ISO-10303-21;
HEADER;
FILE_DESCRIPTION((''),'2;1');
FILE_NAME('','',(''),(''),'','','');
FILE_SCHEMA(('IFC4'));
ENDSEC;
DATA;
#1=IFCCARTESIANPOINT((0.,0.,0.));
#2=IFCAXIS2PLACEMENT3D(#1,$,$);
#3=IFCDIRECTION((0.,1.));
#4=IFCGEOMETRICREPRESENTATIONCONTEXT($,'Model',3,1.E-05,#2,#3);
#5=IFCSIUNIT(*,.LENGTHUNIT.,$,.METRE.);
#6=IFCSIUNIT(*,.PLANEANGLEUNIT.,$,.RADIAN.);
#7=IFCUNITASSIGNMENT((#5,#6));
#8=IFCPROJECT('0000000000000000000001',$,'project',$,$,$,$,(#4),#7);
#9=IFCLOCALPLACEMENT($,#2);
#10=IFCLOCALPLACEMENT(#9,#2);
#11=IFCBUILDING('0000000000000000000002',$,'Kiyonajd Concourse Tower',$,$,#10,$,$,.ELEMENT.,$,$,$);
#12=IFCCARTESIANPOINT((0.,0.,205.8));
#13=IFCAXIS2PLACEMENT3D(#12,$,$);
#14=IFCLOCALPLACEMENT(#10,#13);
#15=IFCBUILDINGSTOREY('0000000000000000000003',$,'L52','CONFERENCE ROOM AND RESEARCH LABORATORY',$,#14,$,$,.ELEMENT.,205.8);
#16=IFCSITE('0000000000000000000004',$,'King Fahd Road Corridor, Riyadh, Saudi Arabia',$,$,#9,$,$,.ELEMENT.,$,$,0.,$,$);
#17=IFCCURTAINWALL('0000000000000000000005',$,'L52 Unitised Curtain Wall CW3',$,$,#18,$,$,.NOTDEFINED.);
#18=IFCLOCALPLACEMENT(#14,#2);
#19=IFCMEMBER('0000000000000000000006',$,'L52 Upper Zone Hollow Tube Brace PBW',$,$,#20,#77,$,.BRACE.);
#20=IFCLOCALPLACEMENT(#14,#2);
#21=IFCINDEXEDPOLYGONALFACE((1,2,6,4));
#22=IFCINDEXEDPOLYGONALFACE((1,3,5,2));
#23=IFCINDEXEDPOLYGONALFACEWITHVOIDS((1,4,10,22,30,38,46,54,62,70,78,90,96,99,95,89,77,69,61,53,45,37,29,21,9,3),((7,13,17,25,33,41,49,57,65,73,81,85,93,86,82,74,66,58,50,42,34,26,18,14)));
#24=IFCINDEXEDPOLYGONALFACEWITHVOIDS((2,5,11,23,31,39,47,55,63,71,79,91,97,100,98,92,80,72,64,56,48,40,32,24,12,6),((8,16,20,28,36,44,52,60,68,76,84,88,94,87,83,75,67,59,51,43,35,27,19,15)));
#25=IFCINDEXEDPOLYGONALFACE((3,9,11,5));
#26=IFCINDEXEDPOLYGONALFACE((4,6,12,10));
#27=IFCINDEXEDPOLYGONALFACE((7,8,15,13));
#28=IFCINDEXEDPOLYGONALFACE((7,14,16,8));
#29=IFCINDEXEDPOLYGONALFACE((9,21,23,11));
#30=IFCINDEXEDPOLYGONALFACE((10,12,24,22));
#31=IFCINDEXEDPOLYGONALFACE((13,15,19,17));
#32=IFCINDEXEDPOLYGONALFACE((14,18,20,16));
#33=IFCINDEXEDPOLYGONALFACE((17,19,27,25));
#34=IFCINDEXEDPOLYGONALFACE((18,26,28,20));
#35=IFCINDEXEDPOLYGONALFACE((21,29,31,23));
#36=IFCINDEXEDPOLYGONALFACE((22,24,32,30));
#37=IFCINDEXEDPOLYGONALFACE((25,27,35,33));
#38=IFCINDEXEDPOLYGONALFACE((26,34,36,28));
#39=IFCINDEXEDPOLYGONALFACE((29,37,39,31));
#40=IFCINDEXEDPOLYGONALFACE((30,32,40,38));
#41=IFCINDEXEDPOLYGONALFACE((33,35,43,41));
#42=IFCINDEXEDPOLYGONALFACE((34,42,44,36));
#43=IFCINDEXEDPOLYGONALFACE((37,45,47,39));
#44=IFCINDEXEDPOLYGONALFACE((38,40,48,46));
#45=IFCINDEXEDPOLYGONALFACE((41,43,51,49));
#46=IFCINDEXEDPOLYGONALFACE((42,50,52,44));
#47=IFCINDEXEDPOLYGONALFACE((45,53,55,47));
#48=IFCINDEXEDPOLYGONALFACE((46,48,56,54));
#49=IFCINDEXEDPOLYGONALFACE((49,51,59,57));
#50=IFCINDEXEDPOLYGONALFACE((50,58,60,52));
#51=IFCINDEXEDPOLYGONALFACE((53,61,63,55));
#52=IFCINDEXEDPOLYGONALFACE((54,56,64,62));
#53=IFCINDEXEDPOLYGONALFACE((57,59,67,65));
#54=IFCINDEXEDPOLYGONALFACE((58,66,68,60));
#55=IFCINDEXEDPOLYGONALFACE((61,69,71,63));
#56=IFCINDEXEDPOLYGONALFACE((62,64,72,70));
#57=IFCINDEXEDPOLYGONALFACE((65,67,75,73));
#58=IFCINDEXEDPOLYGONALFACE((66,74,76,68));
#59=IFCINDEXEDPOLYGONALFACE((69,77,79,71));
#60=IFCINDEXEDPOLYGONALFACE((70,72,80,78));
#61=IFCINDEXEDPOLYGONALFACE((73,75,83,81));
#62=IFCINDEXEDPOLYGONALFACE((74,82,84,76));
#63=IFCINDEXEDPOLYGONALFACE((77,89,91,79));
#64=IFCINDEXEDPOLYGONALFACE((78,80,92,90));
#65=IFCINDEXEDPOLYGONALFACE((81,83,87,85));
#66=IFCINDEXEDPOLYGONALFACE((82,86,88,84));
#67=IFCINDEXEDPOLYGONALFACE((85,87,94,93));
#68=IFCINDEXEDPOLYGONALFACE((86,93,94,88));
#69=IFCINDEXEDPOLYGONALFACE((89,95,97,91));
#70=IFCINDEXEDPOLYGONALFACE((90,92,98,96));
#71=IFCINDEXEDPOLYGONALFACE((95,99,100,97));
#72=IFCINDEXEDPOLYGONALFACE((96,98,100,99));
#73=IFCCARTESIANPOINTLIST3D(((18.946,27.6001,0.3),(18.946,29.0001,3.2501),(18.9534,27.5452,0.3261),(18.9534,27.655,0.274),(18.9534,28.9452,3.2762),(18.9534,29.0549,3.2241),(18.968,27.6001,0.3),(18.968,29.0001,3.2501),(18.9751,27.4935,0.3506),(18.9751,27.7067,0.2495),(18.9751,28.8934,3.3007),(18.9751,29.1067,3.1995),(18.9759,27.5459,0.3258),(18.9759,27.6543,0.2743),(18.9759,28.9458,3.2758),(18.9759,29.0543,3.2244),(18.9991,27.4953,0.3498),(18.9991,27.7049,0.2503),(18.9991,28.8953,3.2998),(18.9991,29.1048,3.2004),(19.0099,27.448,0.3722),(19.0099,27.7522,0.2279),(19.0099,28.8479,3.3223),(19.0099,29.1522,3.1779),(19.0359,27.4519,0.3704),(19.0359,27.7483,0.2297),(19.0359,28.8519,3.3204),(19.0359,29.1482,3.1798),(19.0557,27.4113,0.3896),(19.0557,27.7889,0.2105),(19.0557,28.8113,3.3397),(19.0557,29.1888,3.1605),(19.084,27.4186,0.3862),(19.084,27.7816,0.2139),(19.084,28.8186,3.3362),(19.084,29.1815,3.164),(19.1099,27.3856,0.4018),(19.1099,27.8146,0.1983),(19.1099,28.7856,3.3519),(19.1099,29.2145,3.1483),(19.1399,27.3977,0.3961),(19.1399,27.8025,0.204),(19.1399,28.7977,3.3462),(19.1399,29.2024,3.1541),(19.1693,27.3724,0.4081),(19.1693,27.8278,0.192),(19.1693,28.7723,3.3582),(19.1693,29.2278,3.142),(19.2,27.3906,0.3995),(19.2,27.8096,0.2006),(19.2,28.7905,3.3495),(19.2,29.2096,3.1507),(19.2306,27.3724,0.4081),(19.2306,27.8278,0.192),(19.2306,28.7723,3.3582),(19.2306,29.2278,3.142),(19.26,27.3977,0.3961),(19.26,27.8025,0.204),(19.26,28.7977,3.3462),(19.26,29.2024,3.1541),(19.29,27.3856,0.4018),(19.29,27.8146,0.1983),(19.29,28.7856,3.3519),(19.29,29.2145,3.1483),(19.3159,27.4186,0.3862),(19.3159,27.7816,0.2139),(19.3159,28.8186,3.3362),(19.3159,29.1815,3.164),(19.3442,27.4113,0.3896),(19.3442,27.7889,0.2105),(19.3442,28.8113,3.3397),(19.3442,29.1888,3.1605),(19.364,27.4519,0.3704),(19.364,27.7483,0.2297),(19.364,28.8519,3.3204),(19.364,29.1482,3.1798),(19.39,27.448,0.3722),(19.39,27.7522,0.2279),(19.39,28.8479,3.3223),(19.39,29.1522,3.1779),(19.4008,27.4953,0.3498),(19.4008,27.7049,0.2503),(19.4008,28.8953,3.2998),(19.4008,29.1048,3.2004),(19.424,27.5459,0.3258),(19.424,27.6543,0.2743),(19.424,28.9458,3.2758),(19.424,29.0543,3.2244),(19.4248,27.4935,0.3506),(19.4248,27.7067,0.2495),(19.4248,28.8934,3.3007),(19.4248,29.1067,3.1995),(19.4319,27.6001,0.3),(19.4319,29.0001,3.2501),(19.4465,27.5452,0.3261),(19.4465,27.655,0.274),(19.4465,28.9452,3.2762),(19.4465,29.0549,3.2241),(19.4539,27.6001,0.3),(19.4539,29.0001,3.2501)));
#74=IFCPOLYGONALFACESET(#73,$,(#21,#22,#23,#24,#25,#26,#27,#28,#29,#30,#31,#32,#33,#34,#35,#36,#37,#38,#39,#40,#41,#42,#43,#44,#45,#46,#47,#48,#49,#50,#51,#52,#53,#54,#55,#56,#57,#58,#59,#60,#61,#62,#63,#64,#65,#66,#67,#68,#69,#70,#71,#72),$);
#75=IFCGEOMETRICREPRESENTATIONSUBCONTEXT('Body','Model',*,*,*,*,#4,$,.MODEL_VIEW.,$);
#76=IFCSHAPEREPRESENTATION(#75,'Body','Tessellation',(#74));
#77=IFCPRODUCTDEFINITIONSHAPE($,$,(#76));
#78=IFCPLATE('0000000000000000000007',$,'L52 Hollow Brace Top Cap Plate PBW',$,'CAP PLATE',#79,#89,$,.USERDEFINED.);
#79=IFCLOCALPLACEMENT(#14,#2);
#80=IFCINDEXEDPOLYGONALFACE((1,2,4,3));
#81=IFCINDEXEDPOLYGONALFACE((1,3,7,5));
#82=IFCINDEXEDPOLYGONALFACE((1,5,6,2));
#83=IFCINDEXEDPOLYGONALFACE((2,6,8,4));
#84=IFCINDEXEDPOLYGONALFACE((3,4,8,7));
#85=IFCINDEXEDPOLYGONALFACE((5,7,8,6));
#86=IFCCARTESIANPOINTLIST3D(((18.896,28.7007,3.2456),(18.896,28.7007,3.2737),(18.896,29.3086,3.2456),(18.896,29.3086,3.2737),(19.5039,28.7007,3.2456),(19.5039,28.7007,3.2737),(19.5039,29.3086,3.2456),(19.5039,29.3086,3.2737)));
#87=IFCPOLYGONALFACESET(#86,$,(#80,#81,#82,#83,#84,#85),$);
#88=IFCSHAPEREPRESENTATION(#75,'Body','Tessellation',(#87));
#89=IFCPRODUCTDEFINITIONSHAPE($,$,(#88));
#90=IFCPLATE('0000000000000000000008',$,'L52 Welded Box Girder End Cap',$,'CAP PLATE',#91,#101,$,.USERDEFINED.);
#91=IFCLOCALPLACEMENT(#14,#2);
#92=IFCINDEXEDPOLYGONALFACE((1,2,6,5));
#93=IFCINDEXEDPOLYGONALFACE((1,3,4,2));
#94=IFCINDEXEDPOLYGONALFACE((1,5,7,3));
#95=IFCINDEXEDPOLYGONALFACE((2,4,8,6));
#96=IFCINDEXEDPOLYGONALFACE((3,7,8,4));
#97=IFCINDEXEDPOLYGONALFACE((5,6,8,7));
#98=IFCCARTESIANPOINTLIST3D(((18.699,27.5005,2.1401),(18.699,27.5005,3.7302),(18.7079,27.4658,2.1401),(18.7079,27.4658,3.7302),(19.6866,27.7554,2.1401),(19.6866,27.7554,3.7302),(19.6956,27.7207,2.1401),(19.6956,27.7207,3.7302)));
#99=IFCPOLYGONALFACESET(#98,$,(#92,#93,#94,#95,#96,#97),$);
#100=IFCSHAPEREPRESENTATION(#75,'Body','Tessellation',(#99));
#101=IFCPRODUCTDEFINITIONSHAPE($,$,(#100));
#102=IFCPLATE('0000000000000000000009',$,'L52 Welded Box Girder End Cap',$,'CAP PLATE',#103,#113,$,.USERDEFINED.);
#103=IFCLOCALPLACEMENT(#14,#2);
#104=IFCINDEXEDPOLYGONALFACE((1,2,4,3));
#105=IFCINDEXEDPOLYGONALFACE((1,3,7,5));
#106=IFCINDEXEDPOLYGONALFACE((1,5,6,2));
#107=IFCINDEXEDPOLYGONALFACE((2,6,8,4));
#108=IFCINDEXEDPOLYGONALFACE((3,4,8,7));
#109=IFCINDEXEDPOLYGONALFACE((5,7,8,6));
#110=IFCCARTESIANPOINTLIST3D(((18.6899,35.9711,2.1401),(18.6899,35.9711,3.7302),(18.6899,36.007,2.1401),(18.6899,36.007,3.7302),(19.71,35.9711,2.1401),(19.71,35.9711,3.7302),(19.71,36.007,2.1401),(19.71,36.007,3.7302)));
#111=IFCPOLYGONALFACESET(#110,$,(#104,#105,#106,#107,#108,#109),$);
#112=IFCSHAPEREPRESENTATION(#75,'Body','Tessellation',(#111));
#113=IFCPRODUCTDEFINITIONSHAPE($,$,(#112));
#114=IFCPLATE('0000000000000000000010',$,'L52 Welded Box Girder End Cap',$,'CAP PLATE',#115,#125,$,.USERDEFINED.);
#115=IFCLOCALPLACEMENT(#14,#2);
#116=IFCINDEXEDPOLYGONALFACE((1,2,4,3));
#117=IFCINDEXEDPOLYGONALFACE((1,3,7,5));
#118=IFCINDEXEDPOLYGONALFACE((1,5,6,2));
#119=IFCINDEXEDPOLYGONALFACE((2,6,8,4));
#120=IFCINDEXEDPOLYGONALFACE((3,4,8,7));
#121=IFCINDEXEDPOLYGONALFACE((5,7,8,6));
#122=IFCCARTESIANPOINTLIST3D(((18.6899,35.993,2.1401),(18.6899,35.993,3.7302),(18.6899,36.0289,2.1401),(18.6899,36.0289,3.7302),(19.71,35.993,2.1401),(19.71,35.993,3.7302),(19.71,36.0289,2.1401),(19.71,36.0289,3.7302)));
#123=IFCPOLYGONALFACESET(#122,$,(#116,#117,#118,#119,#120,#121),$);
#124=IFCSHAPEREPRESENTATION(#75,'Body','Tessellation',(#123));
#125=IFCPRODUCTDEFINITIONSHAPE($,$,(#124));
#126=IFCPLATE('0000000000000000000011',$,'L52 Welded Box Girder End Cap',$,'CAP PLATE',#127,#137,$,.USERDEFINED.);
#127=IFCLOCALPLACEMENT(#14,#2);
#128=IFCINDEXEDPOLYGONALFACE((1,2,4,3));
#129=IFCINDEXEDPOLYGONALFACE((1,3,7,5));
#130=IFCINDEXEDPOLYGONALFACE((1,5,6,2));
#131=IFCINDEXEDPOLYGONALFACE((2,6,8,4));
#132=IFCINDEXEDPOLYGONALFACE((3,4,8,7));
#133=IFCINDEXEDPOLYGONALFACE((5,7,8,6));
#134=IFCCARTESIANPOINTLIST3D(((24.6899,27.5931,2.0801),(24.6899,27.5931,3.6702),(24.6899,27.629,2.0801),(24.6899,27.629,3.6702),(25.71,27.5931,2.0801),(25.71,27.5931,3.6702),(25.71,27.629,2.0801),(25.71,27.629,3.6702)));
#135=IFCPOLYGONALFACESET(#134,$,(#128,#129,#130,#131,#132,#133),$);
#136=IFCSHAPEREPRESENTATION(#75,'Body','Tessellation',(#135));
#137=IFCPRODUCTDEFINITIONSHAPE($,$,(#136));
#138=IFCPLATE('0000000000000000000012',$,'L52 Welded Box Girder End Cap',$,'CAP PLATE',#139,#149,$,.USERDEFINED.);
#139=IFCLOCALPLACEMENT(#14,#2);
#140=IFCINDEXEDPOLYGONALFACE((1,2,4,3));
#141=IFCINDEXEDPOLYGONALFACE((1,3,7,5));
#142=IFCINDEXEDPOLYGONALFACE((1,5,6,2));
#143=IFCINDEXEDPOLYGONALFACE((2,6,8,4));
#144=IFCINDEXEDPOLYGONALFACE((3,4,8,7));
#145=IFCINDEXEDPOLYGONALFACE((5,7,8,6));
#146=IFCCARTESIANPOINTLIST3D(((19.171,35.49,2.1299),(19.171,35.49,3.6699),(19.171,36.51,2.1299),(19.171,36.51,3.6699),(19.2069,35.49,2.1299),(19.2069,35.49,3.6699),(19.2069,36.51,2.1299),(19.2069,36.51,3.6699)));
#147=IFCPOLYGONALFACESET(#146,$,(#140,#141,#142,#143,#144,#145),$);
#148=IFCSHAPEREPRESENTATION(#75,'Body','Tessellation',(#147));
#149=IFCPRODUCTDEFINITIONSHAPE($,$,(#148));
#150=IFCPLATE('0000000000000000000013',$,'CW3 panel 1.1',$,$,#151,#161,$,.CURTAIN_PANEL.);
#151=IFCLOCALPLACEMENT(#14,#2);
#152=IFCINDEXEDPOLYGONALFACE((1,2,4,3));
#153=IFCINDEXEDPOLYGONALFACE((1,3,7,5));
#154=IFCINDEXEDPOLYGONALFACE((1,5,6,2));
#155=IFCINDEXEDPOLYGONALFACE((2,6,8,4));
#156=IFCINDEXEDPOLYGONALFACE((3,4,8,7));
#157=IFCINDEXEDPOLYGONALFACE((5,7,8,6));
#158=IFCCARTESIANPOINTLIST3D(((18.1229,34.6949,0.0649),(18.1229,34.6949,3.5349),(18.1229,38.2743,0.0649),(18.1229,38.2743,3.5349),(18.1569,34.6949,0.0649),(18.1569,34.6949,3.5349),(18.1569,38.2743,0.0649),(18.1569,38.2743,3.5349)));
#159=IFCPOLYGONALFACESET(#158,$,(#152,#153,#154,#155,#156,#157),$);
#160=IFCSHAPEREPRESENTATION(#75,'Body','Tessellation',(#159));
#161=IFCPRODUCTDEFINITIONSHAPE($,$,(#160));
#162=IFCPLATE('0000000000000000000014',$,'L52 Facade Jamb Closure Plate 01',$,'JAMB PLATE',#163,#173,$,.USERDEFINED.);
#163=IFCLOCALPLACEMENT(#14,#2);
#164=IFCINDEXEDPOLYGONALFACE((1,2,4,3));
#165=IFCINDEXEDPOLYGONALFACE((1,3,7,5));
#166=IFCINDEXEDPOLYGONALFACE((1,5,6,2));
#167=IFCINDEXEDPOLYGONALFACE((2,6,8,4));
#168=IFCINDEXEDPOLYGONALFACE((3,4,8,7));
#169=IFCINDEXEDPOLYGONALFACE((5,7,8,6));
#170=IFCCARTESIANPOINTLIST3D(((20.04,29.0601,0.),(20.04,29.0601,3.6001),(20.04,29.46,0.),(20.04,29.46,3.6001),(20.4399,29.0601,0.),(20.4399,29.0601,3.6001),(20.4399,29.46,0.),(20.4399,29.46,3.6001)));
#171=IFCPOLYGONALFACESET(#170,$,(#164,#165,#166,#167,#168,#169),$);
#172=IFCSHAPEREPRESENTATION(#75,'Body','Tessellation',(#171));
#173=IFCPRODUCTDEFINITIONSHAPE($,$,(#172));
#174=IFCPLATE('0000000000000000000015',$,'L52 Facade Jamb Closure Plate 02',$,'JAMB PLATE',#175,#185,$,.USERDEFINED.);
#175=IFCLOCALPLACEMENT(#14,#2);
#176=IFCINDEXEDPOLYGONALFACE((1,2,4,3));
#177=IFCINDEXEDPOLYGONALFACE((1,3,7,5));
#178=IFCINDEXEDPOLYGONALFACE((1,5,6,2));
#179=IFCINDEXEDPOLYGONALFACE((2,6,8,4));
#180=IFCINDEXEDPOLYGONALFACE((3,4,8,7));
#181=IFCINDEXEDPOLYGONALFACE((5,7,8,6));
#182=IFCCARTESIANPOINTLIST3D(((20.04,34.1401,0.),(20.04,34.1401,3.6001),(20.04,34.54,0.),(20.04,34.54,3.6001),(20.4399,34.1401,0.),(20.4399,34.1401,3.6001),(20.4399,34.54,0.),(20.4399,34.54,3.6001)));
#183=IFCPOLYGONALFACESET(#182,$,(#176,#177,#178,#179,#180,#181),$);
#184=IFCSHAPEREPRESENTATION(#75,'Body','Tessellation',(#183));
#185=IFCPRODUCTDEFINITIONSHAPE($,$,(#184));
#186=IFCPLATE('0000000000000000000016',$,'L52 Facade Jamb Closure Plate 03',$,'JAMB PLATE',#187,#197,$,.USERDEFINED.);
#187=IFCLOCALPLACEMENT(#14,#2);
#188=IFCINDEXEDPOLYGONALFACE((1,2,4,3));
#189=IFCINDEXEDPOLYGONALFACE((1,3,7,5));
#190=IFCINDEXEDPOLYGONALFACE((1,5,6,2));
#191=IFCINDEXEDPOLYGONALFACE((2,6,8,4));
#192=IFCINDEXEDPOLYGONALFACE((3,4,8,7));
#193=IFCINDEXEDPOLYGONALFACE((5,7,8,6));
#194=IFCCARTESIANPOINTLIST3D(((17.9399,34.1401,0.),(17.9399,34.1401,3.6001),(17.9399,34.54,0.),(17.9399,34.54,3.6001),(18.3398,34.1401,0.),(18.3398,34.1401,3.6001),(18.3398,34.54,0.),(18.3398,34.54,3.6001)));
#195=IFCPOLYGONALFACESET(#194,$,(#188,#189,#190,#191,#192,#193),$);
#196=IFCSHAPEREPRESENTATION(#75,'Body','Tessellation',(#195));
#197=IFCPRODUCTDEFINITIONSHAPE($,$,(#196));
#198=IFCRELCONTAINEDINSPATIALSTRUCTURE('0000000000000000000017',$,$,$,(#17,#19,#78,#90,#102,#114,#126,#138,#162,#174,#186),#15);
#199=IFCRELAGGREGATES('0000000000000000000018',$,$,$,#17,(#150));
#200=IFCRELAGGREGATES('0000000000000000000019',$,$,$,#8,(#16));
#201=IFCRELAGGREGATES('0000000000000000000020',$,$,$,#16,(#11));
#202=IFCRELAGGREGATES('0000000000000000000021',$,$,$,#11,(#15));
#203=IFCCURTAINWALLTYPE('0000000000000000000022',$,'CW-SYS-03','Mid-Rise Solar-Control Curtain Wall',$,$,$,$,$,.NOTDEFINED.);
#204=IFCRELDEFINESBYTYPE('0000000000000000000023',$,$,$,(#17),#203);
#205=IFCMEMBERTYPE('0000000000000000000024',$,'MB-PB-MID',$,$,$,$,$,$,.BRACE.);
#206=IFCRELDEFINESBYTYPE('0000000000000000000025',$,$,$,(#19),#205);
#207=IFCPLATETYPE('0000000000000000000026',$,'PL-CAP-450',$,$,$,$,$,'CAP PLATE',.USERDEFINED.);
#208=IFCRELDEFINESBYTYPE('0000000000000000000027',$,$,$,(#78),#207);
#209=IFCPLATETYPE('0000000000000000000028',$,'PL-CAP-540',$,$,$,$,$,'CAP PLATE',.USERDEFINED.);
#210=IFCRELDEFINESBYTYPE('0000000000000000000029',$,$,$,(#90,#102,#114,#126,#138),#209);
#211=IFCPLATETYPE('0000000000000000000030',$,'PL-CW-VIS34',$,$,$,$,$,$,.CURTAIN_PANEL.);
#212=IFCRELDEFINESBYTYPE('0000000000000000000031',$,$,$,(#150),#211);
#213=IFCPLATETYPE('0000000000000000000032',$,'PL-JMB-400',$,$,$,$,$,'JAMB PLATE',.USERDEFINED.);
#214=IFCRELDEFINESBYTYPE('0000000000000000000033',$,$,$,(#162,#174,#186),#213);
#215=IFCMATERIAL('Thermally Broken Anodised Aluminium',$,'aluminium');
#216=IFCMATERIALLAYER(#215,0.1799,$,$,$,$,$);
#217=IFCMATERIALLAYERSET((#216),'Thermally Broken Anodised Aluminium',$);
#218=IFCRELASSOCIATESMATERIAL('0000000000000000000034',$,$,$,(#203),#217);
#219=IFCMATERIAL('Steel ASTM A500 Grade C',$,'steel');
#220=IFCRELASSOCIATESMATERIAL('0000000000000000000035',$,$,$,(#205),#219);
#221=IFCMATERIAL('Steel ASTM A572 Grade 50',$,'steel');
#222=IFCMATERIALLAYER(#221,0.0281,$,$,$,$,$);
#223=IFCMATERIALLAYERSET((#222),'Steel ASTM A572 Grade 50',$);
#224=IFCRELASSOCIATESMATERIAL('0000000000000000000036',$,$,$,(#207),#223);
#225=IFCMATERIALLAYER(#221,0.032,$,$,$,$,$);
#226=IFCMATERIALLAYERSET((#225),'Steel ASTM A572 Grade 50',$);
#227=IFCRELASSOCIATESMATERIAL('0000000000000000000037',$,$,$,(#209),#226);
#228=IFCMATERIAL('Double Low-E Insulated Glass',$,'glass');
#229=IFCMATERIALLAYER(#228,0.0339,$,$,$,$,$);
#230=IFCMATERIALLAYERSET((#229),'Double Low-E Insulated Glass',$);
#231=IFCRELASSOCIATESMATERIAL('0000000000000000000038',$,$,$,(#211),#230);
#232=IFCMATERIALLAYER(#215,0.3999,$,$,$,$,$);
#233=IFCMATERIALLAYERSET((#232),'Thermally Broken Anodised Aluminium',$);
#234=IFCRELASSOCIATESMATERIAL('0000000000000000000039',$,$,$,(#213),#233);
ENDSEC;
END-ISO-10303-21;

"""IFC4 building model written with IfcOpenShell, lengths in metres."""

from ifc_helpers import new_model, si_unit, direction, frame, origin, origin_2d, place, context, subcontext, project, spatial, rectangle, hollow_circle, extrude, material, layer, layer_set, material_profile, profile_set, type_object, element, aggregate, save


model = new_model("IFC4")

# Units and contexts
model_context = context("Model", 3, precision=1e-05, world=origin(), true_north=direction((0.0, 1.0)))
body_context = subcontext(model_context, "Body", "Model", "MODEL_VIEW")
ifc_project = project(units=[si_unit("LENGTHUNIT", "METRE"), si_unit("PLANEANGLEUNIT", "RADIAN")], contexts=[model_context])

# Site, building, storey
site_placement = place(None, origin())
site = spatial("IfcSite", under=ifc_project, at=site_placement, Name="King Fahd Road Corridor, Riyadh, Saudi Arabia", CompositionType="ELEMENT", RefElevation=0.0)
building_placement = place(site_placement, origin())
building = spatial("IfcBuilding", under=site, at=building_placement, Name="Kiyonajd Concourse Tower", CompositionType="ELEMENT")
storey_placement = place(building_placement, frame((0.0, 0.0, 205.8)))
storey = spatial("IfcBuildingStorey", under=building, at=storey_placement, Name="L52", Description="CONFERENCE ROOM AND RESEARCH LABORATORY", CompositionType="ELEMENT", Elevation=205.8)

# Shared definitions
ifc_material_1 = material(Name="Steel ASTM A572 Grade 50", Category="steel")

# Curtain wall
ifc_material_2 = material(Name="Thermally Broken Anodised Aluminium", Category="aluminium")
ifc_layer_1 = layer(ifc_material_2, 0.1799)
ifc_layer_set_1 = layer_set([ifc_layer_1], Name="Thermally Broken Anodised Aluminium")
curtain_wall_type = type_object("IfcCurtainWallType", Name="CW-SYS-03", Description="Mid-Rise Solar-Control Curtain Wall", PredefinedType="NOTDEFINED", material=ifc_layer_set_1)
curtain_wall_placement = place(storey_placement, origin())
curtain_wall = element("IfcCurtainWall", 1, at=curtain_wall_placement, inside=storey, type_object=curtain_wall_type, Name="L52 Unitised Curtain Wall CW3", PredefinedType="NOTDEFINED")

# Member
ifc_material_3 = material(Name="Steel ASTM A500 Grade C", Category="steel")
ifc_material_profile_1 = material_profile(ifc_material_3, hollow_circle(Radius=0.2539, WallThickness=0.022, at=origin_2d()), Name="CHS-508x22")
ifc_profile_set_1 = profile_set([ifc_material_profile_1], Name="Steel ASTM A500 Grade C")
member_type_1 = type_object("IfcMemberType", Name="MB-PB-MID", PredefinedType="BRACE", material=ifc_profile_set_1)
member_1_placement = place(storey_placement, frame((19.2, 27.6001, 0.3), z_axis=(0.0, 0.428726, 0.903435), x_axis=(-1.0, 0.0, 0.0)))
element("IfcMember", 2, at=member_1_placement, inside=storey, type_object=member_type_1, Name="L52 Upper Zone Hollow Tube Brace PBW", PredefinedType="BRACE", context=body_context, shape_type="SweptSolid", body=[
    extrude(hollow_circle(Radius=0.2539, WallThickness=0.022, at=origin_2d()), origin(), (0.0, 0.0, 1.0), 3.2654),
])

# Plates
ifc_layer_2 = layer(ifc_material_1, 0.0281)
ifc_layer_set_2 = layer_set([ifc_layer_2], Name="Steel ASTM A572 Grade 50")
plate_type_1 = type_object("IfcPlateType", Name="PL-CAP-450", ElementType="CAP PLATE", PredefinedType="USERDEFINED", material=ifc_layer_set_2)
plate_1_placement = place(storey_placement, frame((19.2, 29.0046, 3.2456), z_axis=(0.0, 0.0, 1.0), x_axis=(1.0, 0.0, 0.0)))
element("IfcPlate", 3, at=plate_1_placement, inside=storey, type_object=plate_type_1, Name="L52 Hollow Brace Top Cap Plate PBW", ObjectType="CAP PLATE", PredefinedType="USERDEFINED", context=body_context, shape_type="SweptSolid", body=[
    extrude(rectangle(XDim=0.6079, YDim=0.6079, at=origin_2d()), origin(), (0.0, 0.0, 1.0), 0.0281),
])
ifc_layer_3 = layer(ifc_material_1, 0.032)
ifc_layer_set_3 = layer_set([ifc_layer_3], Name="Steel ASTM A572 Grade 50")
plate_type_2 = type_object("IfcPlateType", Name="PL-CAP-540", ElementType="CAP PLATE", PredefinedType="USERDEFINED", material=ifc_layer_set_3)
for number, where, z_axis, x_axis, name in (
    (4, (19.1973, 27.6106, 2.1401), (0.0, 0.0, 1.0), (-0.249873, 0.968279, 0.0), "L52 Welded Box Girder End Cap"),
    (5, (19.2, 35.989, 2.1401), (0.0, 0.0, 1.0), (0.0, -1.0, 0.0), "L52 Welded Box Girder End Cap"),
    (6, (19.2, 36.011, 2.1401), (0.0, 0.0, 1.0), (0.0, 1.0, 0.0), "L52 Welded Box Girder End Cap"),
    (7, (25.2, 27.6111, 2.0801), (0.0, 0.0, 1.0), (0.0, 1.0, 0.0), "L52 Welded Box Girder End Cap"),
):
    element("IfcPlate", number, at=place(storey_placement, frame(where, z_axis=z_axis, x_axis=x_axis)), inside=storey, type_object=plate_type_2, Name=name, ObjectType="CAP PLATE", PredefinedType="USERDEFINED", context=body_context, shape_type="SweptSolid", body=[
        extrude(rectangle(XDim=0.0359, YDim=1.02, at=origin_2d()), origin(), (0.0, 0.0, 1.0), 1.5901),
    ])
plate_2_placement = place(storey_placement, frame((19.189, 36.0, 2.1299), z_axis=(0.0, 0.0, 1.0), x_axis=(-1.0, 0.0, 0.0)))
element("IfcPlate", 8, at=plate_2_placement, inside=storey, type_object=plate_type_2, Name="L52 Welded Box Girder End Cap", ObjectType="CAP PLATE", PredefinedType="USERDEFINED", context=body_context, shape_type="SweptSolid", body=[
    extrude(rectangle(XDim=0.0359, YDim=1.02, at=origin_2d()), origin(), (0.0, 0.0, 1.0), 1.54),
])

# Plate
ifc_material_4 = material(Name="Double Low-E Insulated Glass", Category="glass")
ifc_layer_4 = layer(ifc_material_4, 0.0339)
ifc_layer_set_4 = layer_set([ifc_layer_4], Name="Double Low-E Insulated Glass")
plate_type_3 = type_object("IfcPlateType", Name="PL-CW-VIS34", PredefinedType="CURTAIN_PANEL", material=ifc_layer_set_4)
plate_3_placement = place(storey_placement, frame((18.1399, 36.4846, 0.0649), z_axis=(0.0, 0.0, 1.0), x_axis=(0.0, 1.0, 0.0)))
plate_3 = element("IfcPlate", 9, at=plate_3_placement, type_object=plate_type_3, Name="CW3 panel 1.1", PredefinedType="CURTAIN_PANEL", context=body_context, shape_type="SweptSolid", body=[
    extrude(rectangle(XDim=3.5793, YDim=0.0339, at=origin_2d()), origin(), (0.0, 0.0, 1.0), 3.47),
])
aggregate(curtain_wall, [plate_3])

# Plates
ifc_layer_5 = layer(ifc_material_2, 0.3999)
ifc_layer_set_5 = layer_set([ifc_layer_5], Name="Thermally Broken Anodised Aluminium")
plate_type_4 = type_object("IfcPlateType", Name="PL-JMB-400", ElementType="JAMB PLATE", PredefinedType="USERDEFINED", material=ifc_layer_set_5)
for number, where, z_axis, x_axis, name in (
    (10, (20.24, 29.26, 0.0), (0.0, 0.0, 1.0), (1.0, 0.0, 0.0), "L52 Facade Jamb Closure Plate 01"),
    (11, (20.24, 34.3401, 0.0), (0.0, 0.0, 1.0), (1.0, 0.0, 0.0), "L52 Facade Jamb Closure Plate 02"),
    (12, (18.1399, 34.3401, 0.0), (0.0, 0.0, 1.0), (1.0, 0.0, 0.0), "L52 Facade Jamb Closure Plate 03"),
):
    element("IfcPlate", number, at=place(storey_placement, frame(where, z_axis=z_axis, x_axis=x_axis)), inside=storey, type_object=plate_type_4, Name=name, ObjectType="JAMB PLATE", PredefinedType="USERDEFINED", context=body_context, shape_type="SweptSolid", body=[
        extrude(rectangle(XDim=0.3999, YDim=0.3999, at=origin_2d()), origin(), (0.0, 0.0, 1.0), 3.6001),
    ])

save(model, "model.ifc")
